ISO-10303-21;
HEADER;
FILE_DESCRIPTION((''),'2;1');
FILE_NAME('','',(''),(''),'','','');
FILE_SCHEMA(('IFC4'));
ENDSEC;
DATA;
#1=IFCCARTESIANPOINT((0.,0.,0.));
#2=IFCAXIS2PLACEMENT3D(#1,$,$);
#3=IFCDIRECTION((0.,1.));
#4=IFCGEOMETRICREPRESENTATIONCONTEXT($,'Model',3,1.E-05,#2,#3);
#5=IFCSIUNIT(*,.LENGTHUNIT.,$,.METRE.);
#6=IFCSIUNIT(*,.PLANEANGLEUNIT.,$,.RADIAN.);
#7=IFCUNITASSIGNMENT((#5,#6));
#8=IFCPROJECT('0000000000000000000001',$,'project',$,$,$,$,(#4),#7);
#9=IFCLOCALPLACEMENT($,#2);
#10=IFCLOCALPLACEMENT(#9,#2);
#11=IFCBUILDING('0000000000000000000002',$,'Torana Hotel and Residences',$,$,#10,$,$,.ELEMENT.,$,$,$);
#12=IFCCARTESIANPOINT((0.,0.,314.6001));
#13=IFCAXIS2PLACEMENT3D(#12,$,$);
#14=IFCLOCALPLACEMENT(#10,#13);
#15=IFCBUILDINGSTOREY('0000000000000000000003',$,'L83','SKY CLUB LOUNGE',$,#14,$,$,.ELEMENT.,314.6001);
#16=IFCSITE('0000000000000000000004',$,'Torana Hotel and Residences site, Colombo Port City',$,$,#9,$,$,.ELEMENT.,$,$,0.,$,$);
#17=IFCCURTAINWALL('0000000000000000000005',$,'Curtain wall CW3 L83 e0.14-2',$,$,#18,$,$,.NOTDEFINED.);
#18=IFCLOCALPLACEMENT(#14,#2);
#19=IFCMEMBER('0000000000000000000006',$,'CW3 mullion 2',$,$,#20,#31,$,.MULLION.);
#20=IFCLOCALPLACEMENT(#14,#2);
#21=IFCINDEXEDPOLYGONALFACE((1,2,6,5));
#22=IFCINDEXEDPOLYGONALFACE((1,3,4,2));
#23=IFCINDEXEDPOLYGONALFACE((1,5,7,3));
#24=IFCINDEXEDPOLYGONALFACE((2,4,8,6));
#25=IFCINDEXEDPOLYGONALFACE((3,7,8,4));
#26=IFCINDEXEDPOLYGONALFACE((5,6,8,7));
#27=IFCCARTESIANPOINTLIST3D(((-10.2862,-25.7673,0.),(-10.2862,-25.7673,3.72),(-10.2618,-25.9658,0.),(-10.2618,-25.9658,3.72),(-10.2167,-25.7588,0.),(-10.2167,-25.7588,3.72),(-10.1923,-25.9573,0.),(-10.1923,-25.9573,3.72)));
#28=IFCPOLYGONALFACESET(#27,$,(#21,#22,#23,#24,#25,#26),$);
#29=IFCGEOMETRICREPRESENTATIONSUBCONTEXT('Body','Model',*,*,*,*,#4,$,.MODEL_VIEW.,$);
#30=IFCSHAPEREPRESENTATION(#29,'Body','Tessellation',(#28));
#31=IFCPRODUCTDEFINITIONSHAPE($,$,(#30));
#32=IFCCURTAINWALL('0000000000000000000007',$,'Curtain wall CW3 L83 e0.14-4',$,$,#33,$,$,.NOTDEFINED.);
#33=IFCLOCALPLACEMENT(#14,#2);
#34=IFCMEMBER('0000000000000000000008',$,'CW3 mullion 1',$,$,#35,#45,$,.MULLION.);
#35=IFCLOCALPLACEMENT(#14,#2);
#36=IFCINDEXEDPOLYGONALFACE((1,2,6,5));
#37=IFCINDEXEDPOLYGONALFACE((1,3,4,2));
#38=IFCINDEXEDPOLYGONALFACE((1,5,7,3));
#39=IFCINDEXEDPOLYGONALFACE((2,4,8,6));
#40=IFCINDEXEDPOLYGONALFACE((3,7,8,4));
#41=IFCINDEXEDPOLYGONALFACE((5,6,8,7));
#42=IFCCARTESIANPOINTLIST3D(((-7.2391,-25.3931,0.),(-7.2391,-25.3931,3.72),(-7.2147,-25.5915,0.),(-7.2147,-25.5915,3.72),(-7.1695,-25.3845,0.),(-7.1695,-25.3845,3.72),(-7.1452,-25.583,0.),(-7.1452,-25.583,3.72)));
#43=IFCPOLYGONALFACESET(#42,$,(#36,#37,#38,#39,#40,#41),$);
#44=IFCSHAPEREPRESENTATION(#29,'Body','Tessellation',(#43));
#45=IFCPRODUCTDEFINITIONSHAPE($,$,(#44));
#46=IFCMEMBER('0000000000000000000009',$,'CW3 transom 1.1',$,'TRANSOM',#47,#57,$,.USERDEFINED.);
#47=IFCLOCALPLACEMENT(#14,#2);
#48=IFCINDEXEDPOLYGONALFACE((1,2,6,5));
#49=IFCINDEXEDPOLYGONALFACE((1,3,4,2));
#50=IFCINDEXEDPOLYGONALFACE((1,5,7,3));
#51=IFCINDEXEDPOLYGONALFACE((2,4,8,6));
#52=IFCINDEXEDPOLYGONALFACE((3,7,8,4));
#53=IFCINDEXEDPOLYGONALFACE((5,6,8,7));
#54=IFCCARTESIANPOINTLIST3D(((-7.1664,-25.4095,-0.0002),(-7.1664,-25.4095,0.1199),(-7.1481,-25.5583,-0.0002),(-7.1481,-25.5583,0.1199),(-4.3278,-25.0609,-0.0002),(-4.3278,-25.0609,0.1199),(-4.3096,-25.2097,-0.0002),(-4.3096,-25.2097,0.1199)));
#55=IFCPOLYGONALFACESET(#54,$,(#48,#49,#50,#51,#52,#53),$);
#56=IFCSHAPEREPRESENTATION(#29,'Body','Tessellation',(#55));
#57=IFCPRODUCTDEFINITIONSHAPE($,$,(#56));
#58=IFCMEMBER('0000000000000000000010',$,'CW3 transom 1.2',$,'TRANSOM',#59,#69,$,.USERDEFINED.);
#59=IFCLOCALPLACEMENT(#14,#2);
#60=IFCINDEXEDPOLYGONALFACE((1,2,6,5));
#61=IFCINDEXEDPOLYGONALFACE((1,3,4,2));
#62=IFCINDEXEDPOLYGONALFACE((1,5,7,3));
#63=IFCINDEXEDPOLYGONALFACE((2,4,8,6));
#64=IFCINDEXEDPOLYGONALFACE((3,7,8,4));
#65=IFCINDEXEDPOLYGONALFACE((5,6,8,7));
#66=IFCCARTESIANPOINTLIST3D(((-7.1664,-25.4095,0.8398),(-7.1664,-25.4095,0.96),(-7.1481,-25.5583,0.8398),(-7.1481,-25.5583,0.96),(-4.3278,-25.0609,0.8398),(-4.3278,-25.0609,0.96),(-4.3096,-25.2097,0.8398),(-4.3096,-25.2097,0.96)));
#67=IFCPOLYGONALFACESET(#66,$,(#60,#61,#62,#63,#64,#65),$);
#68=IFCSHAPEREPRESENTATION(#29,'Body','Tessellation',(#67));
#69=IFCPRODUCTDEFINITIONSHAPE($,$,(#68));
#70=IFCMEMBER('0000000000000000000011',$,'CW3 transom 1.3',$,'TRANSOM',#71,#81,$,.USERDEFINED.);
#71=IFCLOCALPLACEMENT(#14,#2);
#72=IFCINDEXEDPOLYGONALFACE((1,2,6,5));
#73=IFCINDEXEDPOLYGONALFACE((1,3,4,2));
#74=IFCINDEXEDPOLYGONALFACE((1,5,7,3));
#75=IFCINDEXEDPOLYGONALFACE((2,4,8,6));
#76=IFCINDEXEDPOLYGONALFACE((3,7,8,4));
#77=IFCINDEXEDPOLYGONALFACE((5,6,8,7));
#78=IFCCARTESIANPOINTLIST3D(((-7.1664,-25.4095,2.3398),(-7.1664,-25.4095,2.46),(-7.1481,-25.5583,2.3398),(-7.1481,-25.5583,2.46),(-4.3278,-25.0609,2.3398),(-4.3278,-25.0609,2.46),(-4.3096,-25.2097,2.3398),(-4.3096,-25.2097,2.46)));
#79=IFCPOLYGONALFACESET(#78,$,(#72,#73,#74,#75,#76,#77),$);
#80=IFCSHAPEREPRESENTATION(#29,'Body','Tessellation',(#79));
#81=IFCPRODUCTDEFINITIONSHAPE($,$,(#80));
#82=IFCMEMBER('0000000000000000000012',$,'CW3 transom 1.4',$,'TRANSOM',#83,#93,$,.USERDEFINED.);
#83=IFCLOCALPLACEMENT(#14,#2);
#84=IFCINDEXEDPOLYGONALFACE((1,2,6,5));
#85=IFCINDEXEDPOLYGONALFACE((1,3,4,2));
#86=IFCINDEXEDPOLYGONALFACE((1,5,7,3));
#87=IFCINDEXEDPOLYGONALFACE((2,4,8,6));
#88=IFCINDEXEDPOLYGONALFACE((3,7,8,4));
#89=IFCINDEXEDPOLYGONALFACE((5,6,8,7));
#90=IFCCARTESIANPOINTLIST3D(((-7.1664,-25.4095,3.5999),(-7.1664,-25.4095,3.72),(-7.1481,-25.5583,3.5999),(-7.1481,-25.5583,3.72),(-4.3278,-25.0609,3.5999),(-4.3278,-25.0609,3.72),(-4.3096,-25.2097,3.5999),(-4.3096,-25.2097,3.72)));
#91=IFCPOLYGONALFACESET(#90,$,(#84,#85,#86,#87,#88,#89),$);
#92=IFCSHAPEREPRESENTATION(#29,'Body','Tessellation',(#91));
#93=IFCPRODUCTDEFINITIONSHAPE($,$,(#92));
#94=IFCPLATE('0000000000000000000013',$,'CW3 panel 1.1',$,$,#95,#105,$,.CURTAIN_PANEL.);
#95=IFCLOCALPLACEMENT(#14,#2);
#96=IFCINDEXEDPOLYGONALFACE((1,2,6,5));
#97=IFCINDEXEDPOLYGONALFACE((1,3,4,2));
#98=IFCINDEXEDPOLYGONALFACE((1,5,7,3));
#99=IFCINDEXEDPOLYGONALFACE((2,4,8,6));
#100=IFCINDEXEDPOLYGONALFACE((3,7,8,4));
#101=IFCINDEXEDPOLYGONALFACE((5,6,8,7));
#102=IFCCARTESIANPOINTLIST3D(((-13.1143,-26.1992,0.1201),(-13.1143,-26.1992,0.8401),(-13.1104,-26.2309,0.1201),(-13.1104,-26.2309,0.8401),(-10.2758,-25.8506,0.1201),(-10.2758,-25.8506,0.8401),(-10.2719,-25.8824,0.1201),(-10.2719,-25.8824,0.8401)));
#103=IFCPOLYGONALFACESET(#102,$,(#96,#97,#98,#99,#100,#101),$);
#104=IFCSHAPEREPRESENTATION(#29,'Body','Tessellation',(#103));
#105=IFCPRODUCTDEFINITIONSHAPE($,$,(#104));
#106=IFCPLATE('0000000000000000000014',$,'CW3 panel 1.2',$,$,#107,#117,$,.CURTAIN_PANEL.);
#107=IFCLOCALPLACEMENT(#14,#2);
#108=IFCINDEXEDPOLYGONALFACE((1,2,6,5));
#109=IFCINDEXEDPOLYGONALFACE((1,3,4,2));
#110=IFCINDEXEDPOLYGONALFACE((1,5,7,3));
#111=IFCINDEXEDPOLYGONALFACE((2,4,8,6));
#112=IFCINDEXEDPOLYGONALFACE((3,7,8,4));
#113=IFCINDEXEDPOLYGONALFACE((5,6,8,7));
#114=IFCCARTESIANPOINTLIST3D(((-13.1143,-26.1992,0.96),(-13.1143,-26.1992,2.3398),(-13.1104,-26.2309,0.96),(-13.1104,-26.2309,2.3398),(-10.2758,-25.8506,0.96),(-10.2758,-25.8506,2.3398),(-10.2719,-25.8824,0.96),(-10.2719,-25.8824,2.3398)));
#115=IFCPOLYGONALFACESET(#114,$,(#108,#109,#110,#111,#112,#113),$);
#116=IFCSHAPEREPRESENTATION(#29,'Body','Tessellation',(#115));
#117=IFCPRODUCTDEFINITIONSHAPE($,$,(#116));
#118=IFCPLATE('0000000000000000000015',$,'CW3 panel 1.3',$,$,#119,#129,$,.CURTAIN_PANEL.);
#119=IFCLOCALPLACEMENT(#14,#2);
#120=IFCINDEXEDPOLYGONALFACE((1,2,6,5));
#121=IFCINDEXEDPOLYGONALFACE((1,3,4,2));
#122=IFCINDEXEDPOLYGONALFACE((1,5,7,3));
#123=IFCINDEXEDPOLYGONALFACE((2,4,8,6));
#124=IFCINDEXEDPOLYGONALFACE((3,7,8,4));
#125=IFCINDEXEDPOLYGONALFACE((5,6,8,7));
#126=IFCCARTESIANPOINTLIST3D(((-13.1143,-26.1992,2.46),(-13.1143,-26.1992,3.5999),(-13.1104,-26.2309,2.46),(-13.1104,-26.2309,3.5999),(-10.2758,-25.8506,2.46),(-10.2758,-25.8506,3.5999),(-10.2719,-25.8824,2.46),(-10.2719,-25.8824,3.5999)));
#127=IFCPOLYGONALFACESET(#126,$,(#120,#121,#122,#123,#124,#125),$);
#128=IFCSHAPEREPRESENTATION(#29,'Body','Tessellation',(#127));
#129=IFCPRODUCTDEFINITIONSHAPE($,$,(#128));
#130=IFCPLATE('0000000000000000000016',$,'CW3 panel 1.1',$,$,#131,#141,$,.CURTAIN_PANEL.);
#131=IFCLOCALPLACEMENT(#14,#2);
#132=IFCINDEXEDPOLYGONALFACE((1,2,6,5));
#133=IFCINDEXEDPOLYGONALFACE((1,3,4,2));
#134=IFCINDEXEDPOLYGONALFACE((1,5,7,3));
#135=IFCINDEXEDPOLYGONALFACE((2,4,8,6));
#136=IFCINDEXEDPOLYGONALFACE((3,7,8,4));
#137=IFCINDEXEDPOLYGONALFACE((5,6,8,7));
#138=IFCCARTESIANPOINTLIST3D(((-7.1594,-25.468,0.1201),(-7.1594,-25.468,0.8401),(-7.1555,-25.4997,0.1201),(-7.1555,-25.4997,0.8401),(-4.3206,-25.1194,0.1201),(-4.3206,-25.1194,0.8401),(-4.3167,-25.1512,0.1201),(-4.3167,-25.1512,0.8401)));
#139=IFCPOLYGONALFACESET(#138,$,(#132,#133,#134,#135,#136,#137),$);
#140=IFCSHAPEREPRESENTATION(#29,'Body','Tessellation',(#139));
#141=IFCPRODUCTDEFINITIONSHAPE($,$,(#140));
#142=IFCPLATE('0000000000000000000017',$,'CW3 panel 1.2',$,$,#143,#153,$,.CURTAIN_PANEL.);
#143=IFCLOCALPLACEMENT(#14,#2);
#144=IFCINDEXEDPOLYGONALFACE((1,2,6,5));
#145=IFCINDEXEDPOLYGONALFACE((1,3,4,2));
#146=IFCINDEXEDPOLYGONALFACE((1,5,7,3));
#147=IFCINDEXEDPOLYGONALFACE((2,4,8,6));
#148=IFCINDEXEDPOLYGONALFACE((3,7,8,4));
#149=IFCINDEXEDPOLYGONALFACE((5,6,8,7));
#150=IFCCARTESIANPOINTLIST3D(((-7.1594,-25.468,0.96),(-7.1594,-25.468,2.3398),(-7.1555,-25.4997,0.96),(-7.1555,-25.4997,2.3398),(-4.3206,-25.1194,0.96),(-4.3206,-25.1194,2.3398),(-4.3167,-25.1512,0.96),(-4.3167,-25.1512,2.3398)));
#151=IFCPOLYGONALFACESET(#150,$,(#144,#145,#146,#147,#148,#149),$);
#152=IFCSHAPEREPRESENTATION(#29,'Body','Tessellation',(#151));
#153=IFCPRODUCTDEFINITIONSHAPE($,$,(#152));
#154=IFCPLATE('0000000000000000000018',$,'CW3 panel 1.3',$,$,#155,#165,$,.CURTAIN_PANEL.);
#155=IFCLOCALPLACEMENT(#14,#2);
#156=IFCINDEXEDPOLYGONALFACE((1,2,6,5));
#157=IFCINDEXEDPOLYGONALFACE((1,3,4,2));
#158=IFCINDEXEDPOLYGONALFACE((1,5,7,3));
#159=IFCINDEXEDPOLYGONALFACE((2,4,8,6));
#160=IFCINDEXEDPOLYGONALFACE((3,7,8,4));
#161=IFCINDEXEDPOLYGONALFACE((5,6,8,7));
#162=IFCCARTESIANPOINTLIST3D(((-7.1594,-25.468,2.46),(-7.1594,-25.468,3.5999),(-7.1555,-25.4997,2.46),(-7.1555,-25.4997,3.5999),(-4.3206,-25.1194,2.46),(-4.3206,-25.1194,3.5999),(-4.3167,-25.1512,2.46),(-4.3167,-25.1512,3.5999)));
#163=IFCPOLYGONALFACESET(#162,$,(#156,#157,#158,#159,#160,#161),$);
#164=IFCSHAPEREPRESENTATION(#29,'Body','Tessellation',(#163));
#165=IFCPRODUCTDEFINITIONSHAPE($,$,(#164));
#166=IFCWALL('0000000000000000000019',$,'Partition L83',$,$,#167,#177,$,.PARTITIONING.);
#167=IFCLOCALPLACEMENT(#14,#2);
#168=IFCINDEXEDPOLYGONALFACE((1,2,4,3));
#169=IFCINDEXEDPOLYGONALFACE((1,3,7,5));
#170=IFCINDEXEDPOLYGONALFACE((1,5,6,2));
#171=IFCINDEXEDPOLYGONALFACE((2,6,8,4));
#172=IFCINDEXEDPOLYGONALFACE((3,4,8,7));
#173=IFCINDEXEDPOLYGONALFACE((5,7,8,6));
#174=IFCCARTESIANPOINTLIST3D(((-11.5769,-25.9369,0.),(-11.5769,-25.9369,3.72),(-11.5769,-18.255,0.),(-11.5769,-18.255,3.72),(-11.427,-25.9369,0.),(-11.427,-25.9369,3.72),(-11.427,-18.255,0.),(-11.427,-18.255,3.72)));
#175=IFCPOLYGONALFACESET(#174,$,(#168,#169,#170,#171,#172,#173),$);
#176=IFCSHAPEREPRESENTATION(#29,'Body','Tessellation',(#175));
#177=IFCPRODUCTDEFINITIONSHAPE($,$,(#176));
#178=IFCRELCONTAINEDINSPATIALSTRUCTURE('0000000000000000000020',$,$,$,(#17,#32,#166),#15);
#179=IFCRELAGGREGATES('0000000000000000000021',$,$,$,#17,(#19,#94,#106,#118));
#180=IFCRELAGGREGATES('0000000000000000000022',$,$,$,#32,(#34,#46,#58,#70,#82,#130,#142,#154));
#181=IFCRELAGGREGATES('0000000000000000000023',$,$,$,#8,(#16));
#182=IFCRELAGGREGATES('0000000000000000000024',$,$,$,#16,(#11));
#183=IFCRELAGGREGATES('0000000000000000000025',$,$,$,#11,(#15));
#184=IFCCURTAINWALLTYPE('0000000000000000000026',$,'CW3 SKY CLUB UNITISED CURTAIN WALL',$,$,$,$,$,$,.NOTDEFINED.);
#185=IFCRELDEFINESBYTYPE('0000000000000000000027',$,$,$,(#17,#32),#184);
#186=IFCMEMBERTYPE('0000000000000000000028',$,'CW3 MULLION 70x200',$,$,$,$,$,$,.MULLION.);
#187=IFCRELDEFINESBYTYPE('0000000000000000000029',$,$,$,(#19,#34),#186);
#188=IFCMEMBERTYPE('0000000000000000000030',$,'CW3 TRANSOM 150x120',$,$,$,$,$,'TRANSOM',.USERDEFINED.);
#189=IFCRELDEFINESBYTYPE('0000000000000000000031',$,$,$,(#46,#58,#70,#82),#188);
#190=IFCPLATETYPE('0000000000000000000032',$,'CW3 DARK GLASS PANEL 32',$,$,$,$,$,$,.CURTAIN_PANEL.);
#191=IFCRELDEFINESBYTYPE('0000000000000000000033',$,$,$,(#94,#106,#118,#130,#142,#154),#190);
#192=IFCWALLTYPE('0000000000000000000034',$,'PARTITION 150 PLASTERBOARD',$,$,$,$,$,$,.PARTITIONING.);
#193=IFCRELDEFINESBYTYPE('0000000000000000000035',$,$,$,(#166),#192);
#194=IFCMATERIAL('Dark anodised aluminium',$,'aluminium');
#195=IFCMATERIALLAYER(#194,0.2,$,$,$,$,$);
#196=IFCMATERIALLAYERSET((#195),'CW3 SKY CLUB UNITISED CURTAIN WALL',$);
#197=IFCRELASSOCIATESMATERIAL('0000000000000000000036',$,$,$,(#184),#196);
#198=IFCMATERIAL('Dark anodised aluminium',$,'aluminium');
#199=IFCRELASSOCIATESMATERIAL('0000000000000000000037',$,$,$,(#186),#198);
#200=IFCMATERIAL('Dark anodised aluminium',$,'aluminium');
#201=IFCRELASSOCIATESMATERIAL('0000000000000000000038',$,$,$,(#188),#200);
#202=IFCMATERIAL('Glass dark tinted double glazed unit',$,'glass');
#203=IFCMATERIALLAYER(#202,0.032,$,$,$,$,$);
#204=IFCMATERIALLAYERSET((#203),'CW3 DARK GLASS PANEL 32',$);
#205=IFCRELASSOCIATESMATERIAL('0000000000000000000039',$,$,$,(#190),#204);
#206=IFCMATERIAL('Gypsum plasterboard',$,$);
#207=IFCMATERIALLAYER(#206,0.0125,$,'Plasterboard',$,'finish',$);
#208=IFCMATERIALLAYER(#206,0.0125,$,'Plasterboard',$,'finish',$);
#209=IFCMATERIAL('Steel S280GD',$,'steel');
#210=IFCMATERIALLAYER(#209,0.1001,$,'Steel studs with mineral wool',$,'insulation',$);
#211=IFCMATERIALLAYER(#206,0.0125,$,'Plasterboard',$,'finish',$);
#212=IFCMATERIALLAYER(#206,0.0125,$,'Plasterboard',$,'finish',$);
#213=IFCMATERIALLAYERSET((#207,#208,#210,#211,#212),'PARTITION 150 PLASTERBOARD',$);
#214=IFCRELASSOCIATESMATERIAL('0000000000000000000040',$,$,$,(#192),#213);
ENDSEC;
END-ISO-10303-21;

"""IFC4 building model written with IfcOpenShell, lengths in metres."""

from ifc_helpers import new_model, si_unit, direction, frame, frame_2d, origin, origin_2d, place, context, subcontext, project, spatial, rectangle, extrude, material, layer, layer_set, material_profile, profile_set, type_object, element, aggregate, save


model = new_model("IFC4")

# Units and contexts
model_context = context("Model", 3, precision=1e-05, world=origin(), true_north=direction((0.0, 1.0)))
body_context = subcontext(model_context, "Body", "Model", "MODEL_VIEW")
ifc_project = project(units=[si_unit("LENGTHUNIT", "METRE"), si_unit("PLANEANGLEUNIT", "RADIAN")], contexts=[model_context])

# Site, building, storey
site_placement = place(None, origin())
site = spatial("IfcSite", under=ifc_project, at=site_placement, Name="Torana Hotel and Residences site, Colombo Port City", CompositionType="ELEMENT", RefElevation=0.0)
building_placement = place(site_placement, origin())
building = spatial("IfcBuilding", under=site, at=building_placement, Name="Torana Hotel and Residences", CompositionType="ELEMENT")
storey_placement = place(building_placement, frame((0.0, 0.0, 314.6001)))
storey = spatial("IfcBuildingStorey", under=building, at=storey_placement, Name="L83", Description="SKY CLUB LOUNGE", CompositionType="ELEMENT", Elevation=314.6001)

# Curtain wall, member
ifc_material_1 = material(Name="Dark anodised aluminium", Category="aluminium")
ifc_layer_1 = layer(ifc_material_1, 0.2)
ifc_layer_set_1 = layer_set([ifc_layer_1], Name="CW3 SKY CLUB UNITISED CURTAIN WALL")
curtain_wall_type = type_object("IfcCurtainWallType", Name="CW3 SKY CLUB UNITISED CURTAIN WALL", PredefinedType="NOTDEFINED", material=ifc_layer_set_1)
curtain_wall_1_placement = place(storey_placement, origin())
curtain_wall_1 = element("IfcCurtainWall", 1, at=curtain_wall_1_placement, inside=storey, type_object=curtain_wall_type, Name="Curtain wall CW3 L83 e0.14-2", PredefinedType="NOTDEFINED")
ifc_material_2 = material(Name="Dark anodised aluminium", Category="aluminium")
ifc_material_profile_1 = material_profile(ifc_material_2, rectangle(XDim=0.2, YDim=0.0701, at=origin_2d()), Name="CW3 MULLION 70x200")
ifc_profile_set_1 = profile_set([ifc_material_profile_1], Name="Dark anodised aluminium")
member_type_1 = type_object("IfcMemberType", Name="CW3 MULLION 70x200", PredefinedType="MULLION", material=ifc_profile_set_1)
member_1_placement = place(storey_placement, frame((-10.2393, -25.8623, 0.0), z_axis=(0.0, 0.0, 1.0), x_axis=(-0.121868, 0.992546, 0.0)))
member_1 = element("IfcMember", 2, at=member_1_placement, type_object=member_type_1, Name="CW3 mullion 2", PredefinedType="MULLION", context=body_context, shape_type="SweptSolid", body=[
    extrude(rectangle(XDim=0.2, YDim=0.0701, at=origin_2d()), origin(), (0.0, 0.0, 1.0), 3.72),
])

# Curtain wall, members
curtain_wall_2_placement = place(storey_placement, origin())
curtain_wall_2 = element("IfcCurtainWall", 3, at=curtain_wall_2_placement, inside=storey, type_object=curtain_wall_type, Name="Curtain wall CW3 L83 e0.14-4", PredefinedType="NOTDEFINED")
member_2_placement = place(storey_placement, frame((-7.1921, -25.488, 0.0), z_axis=(0.0, 0.0, 1.0), x_axis=(-0.121864, 0.992547, 0.0)))
member_2 = element("IfcMember", 4, at=member_2_placement, type_object=member_type_1, Name="CW3 mullion 1", PredefinedType="MULLION", context=body_context, shape_type="SweptSolid", body=[
    extrude(rectangle(XDim=0.2, YDim=0.0701, at=origin_2d()), origin(), (0.0, 0.0, 1.0), 3.72),
])
ifc_material_3 = material(Name="Dark anodised aluminium", Category="aluminium")
ifc_material_profile_2 = material_profile(ifc_material_3, rectangle(XDim=0.1499, YDim=0.1201, at=origin_2d()), Name="CW3 TRANSOM 150x120")
ifc_profile_set_2 = profile_set([ifc_material_profile_2], Name="Dark anodised aluminium")
member_type_2 = type_object("IfcMemberType", Name="CW3 TRANSOM 150x120", ElementType="TRANSOM", PredefinedType="USERDEFINED", material=ifc_profile_set_2)
member_3_placement = place(storey_placement, frame((-7.1572, -25.4839, 0.0598), z_axis=(0.992542, 0.121902, 0.0), x_axis=(-0.121902, 0.992542, 0.0)))
member_3 = element("IfcMember", 5, at=member_3_placement, type_object=member_type_2, Name="CW3 transom 1.1", ObjectType="TRANSOM", PredefinedType="USERDEFINED", context=body_context, shape_type="SweptSolid", body=[
    extrude(rectangle(XDim=0.1499, YDim=0.1201, at=origin_2d()), origin(), (0.0, 0.0, 1.0), 2.8599),
])
member_4_placement = place(storey_placement, frame((-7.1572, -25.4839, 0.8999), z_axis=(0.992542, 0.121902, 0.0), x_axis=(-0.121902, 0.992542, 0.0)))
member_4 = element("IfcMember", 6, at=member_4_placement, type_object=member_type_2, Name="CW3 transom 1.2", ObjectType="TRANSOM", PredefinedType="USERDEFINED", context=body_context, shape_type="SweptSolid", body=[
    extrude(rectangle(XDim=0.1499, YDim=0.1201, at=origin_2d()), origin(), (0.0, 0.0, 1.0), 2.8599),
])
member_5_placement = place(storey_placement, frame((-7.1572, -25.4839, 2.3999), z_axis=(0.992542, 0.121902, 0.0), x_axis=(-0.121902, 0.992542, 0.0)))
member_5 = element("IfcMember", 7, at=member_5_placement, type_object=member_type_2, Name="CW3 transom 1.3", ObjectType="TRANSOM", PredefinedType="USERDEFINED", context=body_context, shape_type="SweptSolid", body=[
    extrude(rectangle(XDim=0.1499, YDim=0.1201, at=origin_2d()), origin(), (0.0, 0.0, 1.0), 2.8599),
])
member_6_placement = place(storey_placement, frame((-7.1572, -25.4839, 3.6599), z_axis=(0.992542, 0.121902, 0.0), x_axis=(-0.121902, 0.992542, 0.0)))
member_6 = element("IfcMember", 8, at=member_6_placement, type_object=member_type_2, Name="CW3 transom 1.4", ObjectType="TRANSOM", PredefinedType="USERDEFINED", context=body_context, shape_type="SweptSolid", body=[
    extrude(rectangle(XDim=0.1499, YDim=0.1201, at=origin_2d()), origin(), (0.0, 0.0, 1.0), 2.8599),
])

# Plates
ifc_material_4 = material(Name="Glass dark tinted double glazed unit", Category="glass")
ifc_layer_2 = layer(ifc_material_4, 0.032)
ifc_layer_set_2 = layer_set([ifc_layer_2], Name="CW3 DARK GLASS PANEL 32")
plate_type = type_object("IfcPlateType", Name="CW3 DARK GLASS PANEL 32", PredefinedType="CURTAIN_PANEL", material=ifc_layer_set_2)
plate_1_placement = place(storey_placement, frame((-11.6931, -26.0408, 0.1201), z_axis=(0.0, 0.0, 1.0), x_axis=(0.992546, 0.121868, 0.0)))
plate_1 = element("IfcPlate", 9, at=plate_1_placement, type_object=plate_type, Name="CW3 panel 1.1", PredefinedType="CURTAIN_PANEL", context=body_context, shape_type="SweptSolid", body=[
    extrude(rectangle(XDim=2.8599, YDim=0.032, at=origin_2d()), origin(), (0.0, 0.0, 1.0), 0.72),
])
plate_2_placement = place(storey_placement, frame((-11.6931, -26.0408, 0.96), z_axis=(0.0, 0.0, 1.0), x_axis=(0.992546, 0.121868, 0.0)))
plate_2 = element("IfcPlate", 10, at=plate_2_placement, type_object=plate_type, Name="CW3 panel 1.2", PredefinedType="CURTAIN_PANEL", context=body_context, shape_type="SweptSolid", body=[
    extrude(rectangle(XDim=2.8599, YDim=0.032, at=origin_2d()), origin(), (0.0, 0.0, 1.0), 1.3799),
])
plate_3_placement = place(storey_placement, frame((-11.6931, -26.0408, 2.46), z_axis=(0.0, 0.0, 1.0), x_axis=(0.992546, 0.121868, 0.0)))
plate_3 = element("IfcPlate", 11, at=plate_3_placement, type_object=plate_type, Name="CW3 panel 1.3", PredefinedType="CURTAIN_PANEL", context=body_context, shape_type="SweptSolid", body=[
    extrude(rectangle(XDim=2.8599, YDim=0.032, at=origin_2d()), origin(), (0.0, 0.0, 1.0), 1.1399),
])
aggregate(curtain_wall_1, [member_1, plate_1, plate_2, plate_3])
plate_4_placement = place(storey_placement, frame((-5.738, -25.3096, 0.1201), z_axis=(0.0, 0.0, 1.0), x_axis=(0.992547, 0.121864, 0.0)))
plate_4 = element("IfcPlate", 12, at=plate_4_placement, type_object=plate_type, Name="CW3 panel 1.1", PredefinedType="CURTAIN_PANEL", context=body_context, shape_type="SweptSolid", body=[
    extrude(rectangle(XDim=2.8601, YDim=0.032, at=origin_2d()), origin(), (0.0, 0.0, 1.0), 0.72),
])
plate_5_placement = place(storey_placement, frame((-5.738, -25.3096, 0.96), z_axis=(0.0, 0.0, 1.0), x_axis=(0.992547, 0.121864, 0.0)))
plate_5 = element("IfcPlate", 13, at=plate_5_placement, type_object=plate_type, Name="CW3 panel 1.2", PredefinedType="CURTAIN_PANEL", context=body_context, shape_type="SweptSolid", body=[
    extrude(rectangle(XDim=2.8601, YDim=0.032, at=origin_2d()), origin(), (0.0, 0.0, 1.0), 1.3799),
])
plate_6_placement = place(storey_placement, frame((-5.738, -25.3096, 2.46), z_axis=(0.0, 0.0, 1.0), x_axis=(0.992547, 0.121864, 0.0)))
plate_6 = element("IfcPlate", 14, at=plate_6_placement, type_object=plate_type, Name="CW3 panel 1.3", PredefinedType="CURTAIN_PANEL", context=body_context, shape_type="SweptSolid", body=[
    extrude(rectangle(XDim=2.8601, YDim=0.032, at=origin_2d()), origin(), (0.0, 0.0, 1.0), 1.1399),
])
aggregate(curtain_wall_2, [member_2, member_3, member_4, member_5, member_6, plate_4, plate_5, plate_6])

# Wall
ifc_material_5 = material(Name="Gypsum plasterboard")
ifc_layer_3 = layer(ifc_material_5, 0.0125, Name="Plasterboard", Category="finish")
ifc_layer_4 = layer(ifc_material_5, 0.0125, Name="Plasterboard", Category="finish")
ifc_material_6 = material(Name="Steel S280GD", Category="steel")
ifc_layer_5 = layer(ifc_material_6, 0.1001, Name="Steel studs with mineral wool", Category="insulation")
ifc_layer_6 = layer(ifc_material_5, 0.0125, Name="Plasterboard", Category="finish")
ifc_layer_7 = layer(ifc_material_5, 0.0125, Name="Plasterboard", Category="finish")
ifc_layer_set_3 = layer_set([ifc_layer_3, ifc_layer_4, ifc_layer_5, ifc_layer_6, ifc_layer_7], Name="PARTITION 150 PLASTERBOARD")
wall_type_1 = type_object("IfcWallType", Name="PARTITION 150 PLASTERBOARD", PredefinedType="PARTITIONING", material=ifc_layer_set_3)
wall_1_placement = place(storey_placement, frame((-11.502, -25.9368, 0.0), z_axis=(0.0, 0.0, 1.0), x_axis=(0.0, 1.0, 0.0)))
element("IfcWall", 15, at=wall_1_placement, inside=storey, type_object=wall_type_1, Name="Partition L83", PredefinedType="PARTITIONING", context=body_context, shape_type="SweptSolid", body=[
    extrude(rectangle(XDim=7.6819, YDim=0.1499, at=frame_2d((3.8408, 0.0))), origin(), (0.0, 0.0, 1.0), 3.72),
])

save(model, "model.ifc")
